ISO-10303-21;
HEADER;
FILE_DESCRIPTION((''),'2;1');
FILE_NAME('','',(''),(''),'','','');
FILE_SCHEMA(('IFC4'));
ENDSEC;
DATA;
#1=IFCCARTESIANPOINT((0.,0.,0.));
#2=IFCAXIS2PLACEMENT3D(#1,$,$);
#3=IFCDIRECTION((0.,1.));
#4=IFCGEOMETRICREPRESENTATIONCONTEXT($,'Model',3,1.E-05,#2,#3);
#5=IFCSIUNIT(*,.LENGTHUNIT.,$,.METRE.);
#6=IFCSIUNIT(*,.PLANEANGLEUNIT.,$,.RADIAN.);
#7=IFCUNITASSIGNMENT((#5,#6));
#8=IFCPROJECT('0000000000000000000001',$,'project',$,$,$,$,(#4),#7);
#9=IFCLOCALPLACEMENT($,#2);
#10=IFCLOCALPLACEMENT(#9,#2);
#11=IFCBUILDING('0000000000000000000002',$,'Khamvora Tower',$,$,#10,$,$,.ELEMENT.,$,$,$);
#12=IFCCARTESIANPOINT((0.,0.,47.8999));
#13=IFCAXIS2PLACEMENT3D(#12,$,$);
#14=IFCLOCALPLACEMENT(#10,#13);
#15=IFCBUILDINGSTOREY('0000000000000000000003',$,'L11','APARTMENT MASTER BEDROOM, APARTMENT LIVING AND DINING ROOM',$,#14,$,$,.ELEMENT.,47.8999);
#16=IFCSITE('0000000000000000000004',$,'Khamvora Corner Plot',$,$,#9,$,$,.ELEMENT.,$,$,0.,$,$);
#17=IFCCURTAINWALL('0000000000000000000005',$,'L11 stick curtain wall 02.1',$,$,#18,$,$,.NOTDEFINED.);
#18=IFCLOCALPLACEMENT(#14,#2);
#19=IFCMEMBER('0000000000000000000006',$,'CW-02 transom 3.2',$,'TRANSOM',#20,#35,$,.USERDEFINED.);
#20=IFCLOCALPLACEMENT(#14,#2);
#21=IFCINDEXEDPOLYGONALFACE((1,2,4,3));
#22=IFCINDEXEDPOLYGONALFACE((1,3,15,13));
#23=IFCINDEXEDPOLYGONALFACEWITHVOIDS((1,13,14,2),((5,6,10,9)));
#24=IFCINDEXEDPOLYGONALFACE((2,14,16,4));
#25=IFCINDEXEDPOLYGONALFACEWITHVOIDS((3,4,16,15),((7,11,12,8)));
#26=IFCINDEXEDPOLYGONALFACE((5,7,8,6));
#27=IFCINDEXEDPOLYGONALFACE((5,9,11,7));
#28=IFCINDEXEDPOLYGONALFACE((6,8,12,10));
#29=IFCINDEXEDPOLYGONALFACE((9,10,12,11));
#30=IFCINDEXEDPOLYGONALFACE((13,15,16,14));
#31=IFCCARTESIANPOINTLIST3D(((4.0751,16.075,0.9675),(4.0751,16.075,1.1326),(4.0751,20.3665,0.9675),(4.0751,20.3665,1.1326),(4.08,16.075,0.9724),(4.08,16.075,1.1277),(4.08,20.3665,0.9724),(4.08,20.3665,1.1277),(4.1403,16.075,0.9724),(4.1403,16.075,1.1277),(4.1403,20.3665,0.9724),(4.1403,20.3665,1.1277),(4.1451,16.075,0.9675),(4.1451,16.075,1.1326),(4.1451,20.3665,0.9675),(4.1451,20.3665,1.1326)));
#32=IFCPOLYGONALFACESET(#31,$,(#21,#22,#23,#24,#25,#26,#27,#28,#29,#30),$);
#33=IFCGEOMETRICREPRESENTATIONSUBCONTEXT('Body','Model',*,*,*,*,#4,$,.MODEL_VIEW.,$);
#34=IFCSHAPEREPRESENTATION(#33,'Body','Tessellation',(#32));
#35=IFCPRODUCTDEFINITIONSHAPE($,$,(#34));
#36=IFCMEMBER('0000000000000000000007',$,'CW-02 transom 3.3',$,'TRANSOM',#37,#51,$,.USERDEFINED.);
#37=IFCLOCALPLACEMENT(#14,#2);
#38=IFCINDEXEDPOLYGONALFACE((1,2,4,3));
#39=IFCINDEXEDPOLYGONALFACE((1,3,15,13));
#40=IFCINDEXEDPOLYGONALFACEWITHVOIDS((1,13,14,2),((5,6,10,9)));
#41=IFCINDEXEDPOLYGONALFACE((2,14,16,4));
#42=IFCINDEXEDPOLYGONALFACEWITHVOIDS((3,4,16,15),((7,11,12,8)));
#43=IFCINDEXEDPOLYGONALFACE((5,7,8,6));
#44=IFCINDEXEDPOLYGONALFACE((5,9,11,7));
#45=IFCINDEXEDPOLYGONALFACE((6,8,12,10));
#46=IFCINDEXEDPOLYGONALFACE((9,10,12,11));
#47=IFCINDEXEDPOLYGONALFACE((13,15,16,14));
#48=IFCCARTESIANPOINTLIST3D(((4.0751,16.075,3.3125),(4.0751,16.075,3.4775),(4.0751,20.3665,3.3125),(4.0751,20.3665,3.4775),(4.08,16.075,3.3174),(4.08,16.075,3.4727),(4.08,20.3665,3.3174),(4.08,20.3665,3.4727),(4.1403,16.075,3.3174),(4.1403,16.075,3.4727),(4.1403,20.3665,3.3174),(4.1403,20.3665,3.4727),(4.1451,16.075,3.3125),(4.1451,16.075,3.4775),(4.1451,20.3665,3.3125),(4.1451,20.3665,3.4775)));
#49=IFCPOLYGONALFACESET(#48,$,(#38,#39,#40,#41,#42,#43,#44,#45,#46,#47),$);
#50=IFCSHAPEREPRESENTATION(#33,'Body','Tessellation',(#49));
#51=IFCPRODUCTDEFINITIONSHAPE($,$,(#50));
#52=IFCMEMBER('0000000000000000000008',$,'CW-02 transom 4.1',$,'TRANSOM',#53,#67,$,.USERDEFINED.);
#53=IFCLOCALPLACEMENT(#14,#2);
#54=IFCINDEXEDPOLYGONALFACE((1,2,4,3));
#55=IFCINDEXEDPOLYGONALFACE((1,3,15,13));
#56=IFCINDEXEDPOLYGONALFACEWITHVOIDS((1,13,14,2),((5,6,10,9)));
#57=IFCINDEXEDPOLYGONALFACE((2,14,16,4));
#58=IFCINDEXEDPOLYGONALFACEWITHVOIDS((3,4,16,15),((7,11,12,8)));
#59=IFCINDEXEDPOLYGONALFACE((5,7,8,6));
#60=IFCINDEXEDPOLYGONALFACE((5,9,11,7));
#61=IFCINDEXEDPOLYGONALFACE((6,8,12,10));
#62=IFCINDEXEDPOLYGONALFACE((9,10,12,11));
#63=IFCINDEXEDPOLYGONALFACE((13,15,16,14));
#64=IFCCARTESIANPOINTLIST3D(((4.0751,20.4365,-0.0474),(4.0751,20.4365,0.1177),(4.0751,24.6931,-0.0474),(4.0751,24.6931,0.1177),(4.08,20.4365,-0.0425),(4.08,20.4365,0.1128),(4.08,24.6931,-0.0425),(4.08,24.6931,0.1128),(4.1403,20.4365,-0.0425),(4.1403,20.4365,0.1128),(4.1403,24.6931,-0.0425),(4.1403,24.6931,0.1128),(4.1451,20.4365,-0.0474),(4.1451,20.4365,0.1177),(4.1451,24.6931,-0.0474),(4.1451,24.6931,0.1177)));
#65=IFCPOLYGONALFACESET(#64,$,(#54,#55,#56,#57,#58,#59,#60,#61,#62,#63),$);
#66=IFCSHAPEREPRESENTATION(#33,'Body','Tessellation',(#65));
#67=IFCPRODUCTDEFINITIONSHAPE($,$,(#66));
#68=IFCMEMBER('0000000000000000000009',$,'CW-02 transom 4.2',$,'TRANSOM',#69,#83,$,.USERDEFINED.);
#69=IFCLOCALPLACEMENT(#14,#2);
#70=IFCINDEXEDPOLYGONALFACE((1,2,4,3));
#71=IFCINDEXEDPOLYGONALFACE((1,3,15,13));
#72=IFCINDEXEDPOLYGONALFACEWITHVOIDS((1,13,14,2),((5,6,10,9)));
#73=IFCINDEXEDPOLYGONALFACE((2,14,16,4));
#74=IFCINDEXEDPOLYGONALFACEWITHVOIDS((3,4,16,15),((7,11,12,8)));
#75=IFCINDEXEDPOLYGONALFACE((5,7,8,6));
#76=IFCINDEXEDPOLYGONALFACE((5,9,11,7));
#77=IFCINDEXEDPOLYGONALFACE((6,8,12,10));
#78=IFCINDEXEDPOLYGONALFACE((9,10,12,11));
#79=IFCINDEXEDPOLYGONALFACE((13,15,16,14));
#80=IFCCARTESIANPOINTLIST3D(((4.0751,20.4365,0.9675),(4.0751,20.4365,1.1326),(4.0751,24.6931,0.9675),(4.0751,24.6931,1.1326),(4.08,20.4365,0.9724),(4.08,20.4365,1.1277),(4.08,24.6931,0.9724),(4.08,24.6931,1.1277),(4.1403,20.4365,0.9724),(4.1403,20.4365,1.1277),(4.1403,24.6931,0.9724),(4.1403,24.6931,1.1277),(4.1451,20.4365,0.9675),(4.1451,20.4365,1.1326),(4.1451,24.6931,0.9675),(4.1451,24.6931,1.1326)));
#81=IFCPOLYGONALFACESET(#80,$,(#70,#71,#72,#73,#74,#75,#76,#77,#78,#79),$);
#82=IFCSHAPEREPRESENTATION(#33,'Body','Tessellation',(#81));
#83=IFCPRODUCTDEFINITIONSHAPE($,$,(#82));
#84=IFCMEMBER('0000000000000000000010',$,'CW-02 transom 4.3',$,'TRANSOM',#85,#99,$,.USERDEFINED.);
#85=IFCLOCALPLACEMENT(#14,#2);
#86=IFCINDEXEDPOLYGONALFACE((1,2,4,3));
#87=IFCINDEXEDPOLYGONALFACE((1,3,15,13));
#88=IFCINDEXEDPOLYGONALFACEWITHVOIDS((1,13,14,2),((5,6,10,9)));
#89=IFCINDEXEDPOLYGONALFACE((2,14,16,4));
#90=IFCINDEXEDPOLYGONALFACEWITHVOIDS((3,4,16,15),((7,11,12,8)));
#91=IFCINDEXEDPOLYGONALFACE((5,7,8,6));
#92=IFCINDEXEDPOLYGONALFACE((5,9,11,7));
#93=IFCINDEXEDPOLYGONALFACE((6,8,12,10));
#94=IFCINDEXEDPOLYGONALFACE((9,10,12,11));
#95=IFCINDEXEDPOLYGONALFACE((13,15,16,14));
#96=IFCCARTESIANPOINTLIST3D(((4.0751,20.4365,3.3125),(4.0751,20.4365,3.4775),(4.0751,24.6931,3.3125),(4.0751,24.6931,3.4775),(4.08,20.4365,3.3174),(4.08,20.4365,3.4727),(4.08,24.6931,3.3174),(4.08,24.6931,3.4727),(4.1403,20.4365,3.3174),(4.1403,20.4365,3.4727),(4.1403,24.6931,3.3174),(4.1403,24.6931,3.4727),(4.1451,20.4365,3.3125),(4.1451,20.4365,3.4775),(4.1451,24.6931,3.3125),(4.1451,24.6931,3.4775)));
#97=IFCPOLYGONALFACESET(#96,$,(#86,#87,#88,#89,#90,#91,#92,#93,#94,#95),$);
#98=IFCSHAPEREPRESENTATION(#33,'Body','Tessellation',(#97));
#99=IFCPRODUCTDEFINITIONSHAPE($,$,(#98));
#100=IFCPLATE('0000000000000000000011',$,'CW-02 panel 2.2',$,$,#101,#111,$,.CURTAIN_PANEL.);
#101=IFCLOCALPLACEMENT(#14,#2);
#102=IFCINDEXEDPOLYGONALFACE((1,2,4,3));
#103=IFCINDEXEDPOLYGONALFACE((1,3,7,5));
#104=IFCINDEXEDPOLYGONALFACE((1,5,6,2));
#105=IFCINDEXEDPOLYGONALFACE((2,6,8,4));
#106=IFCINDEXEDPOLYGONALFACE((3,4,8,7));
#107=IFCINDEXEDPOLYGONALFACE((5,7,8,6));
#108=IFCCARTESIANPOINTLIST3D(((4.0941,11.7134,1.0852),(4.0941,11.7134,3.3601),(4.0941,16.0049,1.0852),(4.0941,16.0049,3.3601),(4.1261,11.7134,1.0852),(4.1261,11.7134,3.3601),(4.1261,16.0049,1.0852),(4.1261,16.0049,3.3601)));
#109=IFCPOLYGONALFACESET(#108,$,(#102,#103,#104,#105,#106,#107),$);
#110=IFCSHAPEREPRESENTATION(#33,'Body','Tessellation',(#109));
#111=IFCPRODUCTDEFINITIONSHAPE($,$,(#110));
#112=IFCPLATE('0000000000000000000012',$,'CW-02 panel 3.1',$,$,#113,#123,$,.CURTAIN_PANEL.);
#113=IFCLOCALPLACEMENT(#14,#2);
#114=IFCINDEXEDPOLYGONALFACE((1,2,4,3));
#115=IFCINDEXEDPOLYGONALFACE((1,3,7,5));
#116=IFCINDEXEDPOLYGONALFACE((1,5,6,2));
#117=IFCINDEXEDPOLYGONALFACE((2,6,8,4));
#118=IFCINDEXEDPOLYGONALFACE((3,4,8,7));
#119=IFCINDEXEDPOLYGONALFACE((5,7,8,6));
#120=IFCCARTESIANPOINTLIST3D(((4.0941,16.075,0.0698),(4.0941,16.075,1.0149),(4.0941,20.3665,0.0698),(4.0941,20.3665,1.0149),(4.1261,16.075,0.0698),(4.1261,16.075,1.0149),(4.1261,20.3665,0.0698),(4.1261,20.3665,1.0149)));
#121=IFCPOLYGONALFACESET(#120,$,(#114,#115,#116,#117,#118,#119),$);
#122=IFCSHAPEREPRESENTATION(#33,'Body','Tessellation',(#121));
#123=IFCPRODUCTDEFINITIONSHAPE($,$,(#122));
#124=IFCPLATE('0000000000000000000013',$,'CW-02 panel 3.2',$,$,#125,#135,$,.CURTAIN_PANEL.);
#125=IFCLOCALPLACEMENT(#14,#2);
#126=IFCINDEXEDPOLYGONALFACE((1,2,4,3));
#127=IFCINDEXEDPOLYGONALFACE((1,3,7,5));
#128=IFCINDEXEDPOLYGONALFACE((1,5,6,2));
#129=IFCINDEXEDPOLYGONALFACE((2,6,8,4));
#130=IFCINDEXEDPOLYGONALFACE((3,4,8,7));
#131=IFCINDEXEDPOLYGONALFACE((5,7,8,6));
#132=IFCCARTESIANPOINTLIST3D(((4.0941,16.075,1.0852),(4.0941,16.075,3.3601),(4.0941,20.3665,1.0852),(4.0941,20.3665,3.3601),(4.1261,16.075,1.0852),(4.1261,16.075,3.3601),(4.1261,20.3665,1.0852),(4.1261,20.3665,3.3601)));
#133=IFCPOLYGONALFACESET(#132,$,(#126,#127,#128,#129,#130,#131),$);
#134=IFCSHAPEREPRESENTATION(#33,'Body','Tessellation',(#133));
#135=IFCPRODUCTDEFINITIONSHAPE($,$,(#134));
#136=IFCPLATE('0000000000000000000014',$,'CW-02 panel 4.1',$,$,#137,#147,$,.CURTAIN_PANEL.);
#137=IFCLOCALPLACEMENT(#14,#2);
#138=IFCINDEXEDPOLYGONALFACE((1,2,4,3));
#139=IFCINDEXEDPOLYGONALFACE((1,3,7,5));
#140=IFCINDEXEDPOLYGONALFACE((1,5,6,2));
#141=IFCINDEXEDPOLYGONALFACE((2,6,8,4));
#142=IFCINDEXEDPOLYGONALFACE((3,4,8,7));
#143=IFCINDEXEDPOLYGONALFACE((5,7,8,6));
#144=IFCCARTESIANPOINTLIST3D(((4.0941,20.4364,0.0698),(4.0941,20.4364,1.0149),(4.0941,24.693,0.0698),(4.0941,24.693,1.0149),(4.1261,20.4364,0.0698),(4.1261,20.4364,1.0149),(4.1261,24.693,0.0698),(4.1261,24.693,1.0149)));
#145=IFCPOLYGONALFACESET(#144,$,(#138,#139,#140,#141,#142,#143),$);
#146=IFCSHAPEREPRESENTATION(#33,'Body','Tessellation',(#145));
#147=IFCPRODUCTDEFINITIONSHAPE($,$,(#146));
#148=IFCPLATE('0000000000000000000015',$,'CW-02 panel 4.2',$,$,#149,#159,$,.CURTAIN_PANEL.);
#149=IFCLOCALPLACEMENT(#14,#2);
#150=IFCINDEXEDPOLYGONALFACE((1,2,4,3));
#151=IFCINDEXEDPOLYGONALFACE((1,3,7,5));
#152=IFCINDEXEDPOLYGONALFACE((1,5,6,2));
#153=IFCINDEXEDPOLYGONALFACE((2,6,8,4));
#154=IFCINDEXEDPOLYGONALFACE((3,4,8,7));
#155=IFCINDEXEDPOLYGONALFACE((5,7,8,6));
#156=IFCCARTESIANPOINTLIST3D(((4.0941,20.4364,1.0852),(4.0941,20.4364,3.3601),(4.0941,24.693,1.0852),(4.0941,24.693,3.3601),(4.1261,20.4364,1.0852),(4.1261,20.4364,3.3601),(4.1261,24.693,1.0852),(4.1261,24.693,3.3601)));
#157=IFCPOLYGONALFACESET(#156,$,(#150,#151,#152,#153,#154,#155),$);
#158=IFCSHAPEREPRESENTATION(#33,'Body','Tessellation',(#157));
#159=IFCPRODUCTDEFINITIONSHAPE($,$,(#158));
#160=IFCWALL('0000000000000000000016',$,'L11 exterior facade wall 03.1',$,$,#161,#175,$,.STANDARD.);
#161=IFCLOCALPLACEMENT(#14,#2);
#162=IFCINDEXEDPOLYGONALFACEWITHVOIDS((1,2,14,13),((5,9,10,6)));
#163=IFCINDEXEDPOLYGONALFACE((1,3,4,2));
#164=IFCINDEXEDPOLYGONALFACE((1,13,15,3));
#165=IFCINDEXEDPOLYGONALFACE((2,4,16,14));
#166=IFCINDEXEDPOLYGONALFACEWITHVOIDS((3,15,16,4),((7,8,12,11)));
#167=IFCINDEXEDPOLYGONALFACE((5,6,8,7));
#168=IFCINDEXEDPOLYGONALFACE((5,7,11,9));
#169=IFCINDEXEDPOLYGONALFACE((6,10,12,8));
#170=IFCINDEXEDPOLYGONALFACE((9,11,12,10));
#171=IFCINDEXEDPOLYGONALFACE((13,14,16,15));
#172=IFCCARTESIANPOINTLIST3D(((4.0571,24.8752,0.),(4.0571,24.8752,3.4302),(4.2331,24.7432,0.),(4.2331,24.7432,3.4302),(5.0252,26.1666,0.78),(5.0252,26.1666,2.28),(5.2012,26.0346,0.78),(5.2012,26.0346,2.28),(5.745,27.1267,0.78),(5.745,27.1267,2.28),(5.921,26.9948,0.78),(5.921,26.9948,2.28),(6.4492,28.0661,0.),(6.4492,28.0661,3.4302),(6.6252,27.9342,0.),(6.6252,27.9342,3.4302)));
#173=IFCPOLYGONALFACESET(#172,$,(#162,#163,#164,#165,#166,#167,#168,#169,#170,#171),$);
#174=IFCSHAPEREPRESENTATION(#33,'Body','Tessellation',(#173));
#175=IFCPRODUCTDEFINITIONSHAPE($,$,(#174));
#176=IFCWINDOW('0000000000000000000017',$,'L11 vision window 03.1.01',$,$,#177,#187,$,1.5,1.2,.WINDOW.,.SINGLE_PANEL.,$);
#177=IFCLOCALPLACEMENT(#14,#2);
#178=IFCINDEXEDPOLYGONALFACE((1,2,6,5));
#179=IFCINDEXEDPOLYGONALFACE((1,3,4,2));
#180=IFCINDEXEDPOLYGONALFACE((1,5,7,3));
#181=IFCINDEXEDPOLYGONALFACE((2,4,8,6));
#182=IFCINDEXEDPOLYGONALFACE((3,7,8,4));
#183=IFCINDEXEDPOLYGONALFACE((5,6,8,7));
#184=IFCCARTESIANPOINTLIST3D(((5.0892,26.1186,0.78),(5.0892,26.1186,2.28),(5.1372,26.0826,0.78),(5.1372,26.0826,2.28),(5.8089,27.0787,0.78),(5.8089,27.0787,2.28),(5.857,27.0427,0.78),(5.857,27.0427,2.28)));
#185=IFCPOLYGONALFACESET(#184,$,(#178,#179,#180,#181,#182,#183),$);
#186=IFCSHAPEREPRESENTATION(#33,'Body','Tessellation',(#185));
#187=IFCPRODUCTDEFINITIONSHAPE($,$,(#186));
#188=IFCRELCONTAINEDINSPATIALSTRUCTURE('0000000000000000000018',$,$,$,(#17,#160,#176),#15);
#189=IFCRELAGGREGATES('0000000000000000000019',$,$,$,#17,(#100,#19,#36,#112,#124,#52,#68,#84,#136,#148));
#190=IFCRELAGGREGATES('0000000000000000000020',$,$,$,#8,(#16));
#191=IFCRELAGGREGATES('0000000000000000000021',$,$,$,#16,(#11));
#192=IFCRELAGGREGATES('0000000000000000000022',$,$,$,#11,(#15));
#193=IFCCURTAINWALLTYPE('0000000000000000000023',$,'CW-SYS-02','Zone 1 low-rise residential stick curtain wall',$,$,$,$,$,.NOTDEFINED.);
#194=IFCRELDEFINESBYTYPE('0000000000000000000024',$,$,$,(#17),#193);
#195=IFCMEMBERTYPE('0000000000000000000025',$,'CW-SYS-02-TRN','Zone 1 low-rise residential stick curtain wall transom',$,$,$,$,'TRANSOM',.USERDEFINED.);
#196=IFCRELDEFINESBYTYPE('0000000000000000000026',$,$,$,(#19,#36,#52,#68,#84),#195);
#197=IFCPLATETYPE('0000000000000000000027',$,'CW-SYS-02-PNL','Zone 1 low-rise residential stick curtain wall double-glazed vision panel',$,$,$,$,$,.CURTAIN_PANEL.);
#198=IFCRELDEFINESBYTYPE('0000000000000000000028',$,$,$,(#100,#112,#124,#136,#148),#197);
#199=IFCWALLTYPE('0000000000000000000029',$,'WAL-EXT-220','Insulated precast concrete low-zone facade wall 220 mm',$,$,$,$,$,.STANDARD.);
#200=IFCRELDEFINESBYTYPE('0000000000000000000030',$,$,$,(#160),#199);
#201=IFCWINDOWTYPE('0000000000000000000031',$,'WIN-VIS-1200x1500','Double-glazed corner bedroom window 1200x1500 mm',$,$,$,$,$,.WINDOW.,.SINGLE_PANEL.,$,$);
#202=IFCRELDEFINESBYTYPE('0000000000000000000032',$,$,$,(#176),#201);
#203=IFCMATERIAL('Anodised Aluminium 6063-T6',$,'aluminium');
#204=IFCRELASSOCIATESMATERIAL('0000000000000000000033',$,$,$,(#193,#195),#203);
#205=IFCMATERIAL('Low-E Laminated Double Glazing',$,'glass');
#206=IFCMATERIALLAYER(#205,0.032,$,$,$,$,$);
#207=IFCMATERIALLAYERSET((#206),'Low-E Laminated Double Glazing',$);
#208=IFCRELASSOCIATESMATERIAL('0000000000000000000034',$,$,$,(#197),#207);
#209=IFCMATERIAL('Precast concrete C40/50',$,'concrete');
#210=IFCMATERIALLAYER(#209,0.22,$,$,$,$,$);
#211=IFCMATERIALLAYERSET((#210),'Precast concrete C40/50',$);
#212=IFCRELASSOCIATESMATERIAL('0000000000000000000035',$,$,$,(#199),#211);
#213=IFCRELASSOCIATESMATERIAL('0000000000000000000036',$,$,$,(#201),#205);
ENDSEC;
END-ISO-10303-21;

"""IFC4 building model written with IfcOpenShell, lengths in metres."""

from ifc_helpers import new_model, si_unit, direction, frame, frame_2d, origin, origin_2d, place, context, subcontext, project, spatial, rectangle, hollow_rectangle, extrude, material, layer, layer_set, material_profile, profile_set, type_object, element, fill, aggregate, save


model = new_model("IFC4")

# Units and contexts
model_context = context("Model", 3, precision=1e-05, world=origin(), true_north=direction((0.0, 1.0)))
body_context = subcontext(model_context, "Body", "Model", "MODEL_VIEW")
ifc_project = project(units=[si_unit("LENGTHUNIT", "METRE"), si_unit("PLANEANGLEUNIT", "RADIAN")], contexts=[model_context])

# Site, building, storey
site_placement = place(None, origin())
site = spatial("IfcSite", under=ifc_project, at=site_placement, Name="Khamvora Corner Plot", CompositionType="ELEMENT", RefElevation=0.0)
building_placement = place(site_placement, origin())
building = spatial("IfcBuilding", under=site, at=building_placement, Name="Khamvora Tower", CompositionType="ELEMENT")
storey_placement = place(building_placement, frame((0.0, 0.0, 47.8999)))
storey = spatial("IfcBuildingStorey", under=building, at=storey_placement, Name="L11", Description="APARTMENT MASTER BEDROOM, APARTMENT LIVING AND DINING ROOM", CompositionType="ELEMENT", Elevation=47.8999)

# Curtain wall, members, plates
ifc_material_1 = material(Name="Anodised Aluminium 6063-T6", Category="aluminium")
curtain_wall_type = type_object("IfcCurtainWallType", Name="CW-SYS-02", Description="Zone 1 low-rise residential stick curtain wall", PredefinedType="NOTDEFINED", material=ifc_material_1)
curtain_wall_placement = place(storey_placement, origin())
curtain_wall = element("IfcCurtainWall", 1, at=curtain_wall_placement, inside=storey, type_object=curtain_wall_type, Name="L11 stick curtain wall 02.1", PredefinedType="NOTDEFINED")
ifc_material_profile_1 = material_profile(ifc_material_1, hollow_rectangle(XDim=0.0701, YDim=0.165, WallThickness=0.0049, at=origin_2d()), Name="TRN70x165x5")
ifc_profile_set_1 = profile_set([ifc_material_profile_1], Name="Anodised Aluminium 6063-T6")
member_type_1 = type_object("IfcMemberType", Name="CW-SYS-02-TRN", Description="Zone 1 low-rise residential stick curtain wall transom", ElementType="TRANSOM", PredefinedType="USERDEFINED", material=ifc_profile_set_1)
member_1_placement = place(storey_placement, frame((4.1101, 16.075, 1.05), z_axis=(0.0, 1.0, 0.0), x_axis=(-1.0, 0.0, 0.0)))
member_1 = element("IfcMember", 2, at=member_1_placement, type_object=member_type_1, Name="CW-02 transom 3.2", ObjectType="TRANSOM", PredefinedType="USERDEFINED", context=body_context, shape_type="SweptSolid", body=[
    extrude(hollow_rectangle(XDim=0.0701, YDim=0.165, WallThickness=0.0049, at=origin_2d()), origin(), (0.0, 0.0, 1.0), 4.2915),
])
member_2_placement = place(storey_placement, frame((4.1101, 16.075, 3.395), z_axis=(0.0, 1.0, 0.0), x_axis=(-1.0, 0.0, 0.0)))
member_2 = element("IfcMember", 3, at=member_2_placement, type_object=member_type_1, Name="CW-02 transom 3.3", ObjectType="TRANSOM", PredefinedType="USERDEFINED", context=body_context, shape_type="SweptSolid", body=[
    extrude(hollow_rectangle(XDim=0.0701, YDim=0.165, WallThickness=0.0049, at=origin_2d()), origin(), (0.0, 0.0, 1.0), 4.2915),
])
member_3_placement = place(storey_placement, frame((4.1101, 20.4365, 0.0352), z_axis=(0.0, 1.0, 0.0), x_axis=(-1.0, 0.0, 0.0)))
member_3 = element("IfcMember", 4, at=member_3_placement, type_object=member_type_1, Name="CW-02 transom 4.1", ObjectType="TRANSOM", PredefinedType="USERDEFINED", context=body_context, shape_type="SweptSolid", body=[
    extrude(hollow_rectangle(XDim=0.0701, YDim=0.165, WallThickness=0.0049, at=origin_2d()), origin(), (0.0, 0.0, 1.0), 4.2566),
])
member_4_placement = place(storey_placement, frame((4.1101, 20.4365, 1.05), z_axis=(0.0, 1.0, 0.0), x_axis=(-1.0, 0.0, 0.0)))
member_4 = element("IfcMember", 5, at=member_4_placement, type_object=member_type_1, Name="CW-02 transom 4.2", ObjectType="TRANSOM", PredefinedType="USERDEFINED", context=body_context, shape_type="SweptSolid", body=[
    extrude(hollow_rectangle(XDim=0.0701, YDim=0.165, WallThickness=0.0049, at=origin_2d()), origin(), (0.0, 0.0, 1.0), 4.2566),
])
member_5_placement = place(storey_placement, frame((4.1101, 20.4365, 3.395), z_axis=(0.0, 1.0, 0.0), x_axis=(-1.0, 0.0, 0.0)))
member_5 = element("IfcMember", 6, at=member_5_placement, type_object=member_type_1, Name="CW-02 transom 4.3", ObjectType="TRANSOM", PredefinedType="USERDEFINED", context=body_context, shape_type="SweptSolid", body=[
    extrude(hollow_rectangle(XDim=0.0701, YDim=0.165, WallThickness=0.0049, at=origin_2d()), origin(), (0.0, 0.0, 1.0), 4.2566),
])
ifc_material_2 = material(Name="Low-E Laminated Double Glazing", Category="glass")
ifc_layer_1 = layer(ifc_material_2, 0.032)
ifc_layer_set_1 = layer_set([ifc_layer_1], Name="Low-E Laminated Double Glazing")
plate_type = type_object("IfcPlateType", Name="CW-SYS-02-PNL", Description="Zone 1 low-rise residential stick curtain wall double-glazed vision panel", PredefinedType="CURTAIN_PANEL", material=ifc_layer_set_1)
plate_1_placement = place(storey_placement, frame((4.1101, 13.8591, 1.0852), z_axis=(0.0, 0.0, 1.0), x_axis=(0.0, 1.0, 0.0)))
plate_1 = element("IfcPlate", 7, at=plate_1_placement, type_object=plate_type, Name="CW-02 panel 2.2", PredefinedType="CURTAIN_PANEL", context=body_context, shape_type="SweptSolid", body=[
    extrude(rectangle(XDim=4.2915, YDim=0.032, at=origin_2d()), origin(), (0.0, 0.0, 1.0), 2.2749),
])
plate_2_placement = place(storey_placement, frame((4.1101, 18.2207, 0.0698), z_axis=(0.0, 0.0, 1.0), x_axis=(0.0, 1.0, 0.0)))
plate_2 = element("IfcPlate", 8, at=plate_2_placement, type_object=plate_type, Name="CW-02 panel 3.1", PredefinedType="CURTAIN_PANEL", context=body_context, shape_type="SweptSolid", body=[
    extrude(rectangle(XDim=4.2915, YDim=0.032, at=origin_2d()), origin(), (0.0, 0.0, 1.0), 0.9451),
])
plate_3_placement = place(storey_placement, frame((4.1101, 18.2207, 1.0852), z_axis=(0.0, 0.0, 1.0), x_axis=(0.0, 1.0, 0.0)))
plate_3 = element("IfcPlate", 9, at=plate_3_placement, type_object=plate_type, Name="CW-02 panel 3.2", PredefinedType="CURTAIN_PANEL", context=body_context, shape_type="SweptSolid", body=[
    extrude(rectangle(XDim=4.2915, YDim=0.032, at=origin_2d()), origin(), (0.0, 0.0, 1.0), 2.2749),
])
plate_4_placement = place(storey_placement, frame((4.1101, 22.5647, 0.0698), z_axis=(0.0, 0.0, 1.0), x_axis=(0.0, 1.0, 0.0)))
plate_4 = element("IfcPlate", 10, at=plate_4_placement, type_object=plate_type, Name="CW-02 panel 4.1", PredefinedType="CURTAIN_PANEL", context=body_context, shape_type="SweptSolid", body=[
    extrude(rectangle(XDim=4.2566, YDim=0.032, at=origin_2d()), origin(), (0.0, 0.0, 1.0), 0.9451),
])
plate_5_placement = place(storey_placement, frame((4.1101, 22.5647, 1.0852), z_axis=(0.0, 0.0, 1.0), x_axis=(0.0, 1.0, 0.0)))
plate_5 = element("IfcPlate", 11, at=plate_5_placement, type_object=plate_type, Name="CW-02 panel 4.2", PredefinedType="CURTAIN_PANEL", context=body_context, shape_type="SweptSolid", body=[
    extrude(rectangle(XDim=4.2566, YDim=0.032, at=origin_2d()), origin(), (0.0, 0.0, 1.0), 2.2749),
])
aggregate(curtain_wall, [plate_1, member_1, member_2, plate_2, plate_3, member_3, member_4, member_5, plate_4, plate_5])

# Wall, opening, window
ifc_material_3 = material(Name="Precast concrete C40/50", Category="concrete")
ifc_layer_2 = layer(ifc_material_3, 0.22)
ifc_layer_set_2 = layer_set([ifc_layer_2], Name="Precast concrete C40/50")
wall_type_1 = type_object("IfcWallType", Name="WAL-EXT-220", Description="Insulated precast concrete low-zone facade wall 220 mm", PredefinedType="STANDARD", material=ifc_layer_set_2)
wall_1_placement = place(storey_placement, frame((4.145, 24.8091, 0.0), z_axis=(0.0, 0.0, 1.0), x_axis=(0.599824, 0.800132, 0.0)))
wall_1 = element("IfcWall", 12, at=wall_1_placement, inside=storey, type_object=wall_type_1, Name="L11 exterior facade wall 03.1", PredefinedType="STANDARD", context=body_context, shape_type="SweptSolid", body=[
    extrude(rectangle(XDim=3.988, YDim=0.22, at=frame_2d((1.9941, 0.0))), origin(), (0.0, 0.0, 1.0), 3.4302),
])
opening_1_placement = place(wall_1_placement, frame((1.614, 0.0, 0.78)))
opening_1 = element("IfcOpeningElement", 13, at=opening_1_placement, cuts=wall_1, PredefinedType="OPENING", context=body_context, shape_type="SweptSolid", body=[
    extrude(rectangle(XDim=1.2, YDim=1.5, at=frame_2d((0.6001, 0.75))), frame((0.0, 0.1199, 0.0), z_axis=(0.0, -1.0, 0.0), x_axis=(1.0, 0.0, 0.0)), (0.0, 0.0, 1.0), 0.24),
])
window_type = type_object("IfcWindowType", Name="WIN-VIS-1200x1500", Description="Double-glazed corner bedroom window 1200x1500 mm", PartitioningType="SINGLE_PANEL", PredefinedType="WINDOW", material=ifc_material_2)
window_placement = place(opening_1_placement, origin())
window = element("IfcWindow", 14, at=window_placement, inside=storey, type_object=window_type, Name="L11 vision window 03.1.01", OverallHeight=1.5, OverallWidth=1.2, PartitioningType="SINGLE_PANEL", PredefinedType="WINDOW", context=body_context, shape_type="SweptSolid", body=[
    extrude(rectangle(XDim=1.2, YDim=1.5, at=frame_2d((0.6001, 0.75))), frame((0.0, 0.03, 0.0), z_axis=(0.0, -1.0, 0.0), x_axis=(1.0, 0.0, 0.0)), (0.0, 0.0, 1.0), 0.0601),
])
fill(opening_1, window)

save(model, "model.ifc")
